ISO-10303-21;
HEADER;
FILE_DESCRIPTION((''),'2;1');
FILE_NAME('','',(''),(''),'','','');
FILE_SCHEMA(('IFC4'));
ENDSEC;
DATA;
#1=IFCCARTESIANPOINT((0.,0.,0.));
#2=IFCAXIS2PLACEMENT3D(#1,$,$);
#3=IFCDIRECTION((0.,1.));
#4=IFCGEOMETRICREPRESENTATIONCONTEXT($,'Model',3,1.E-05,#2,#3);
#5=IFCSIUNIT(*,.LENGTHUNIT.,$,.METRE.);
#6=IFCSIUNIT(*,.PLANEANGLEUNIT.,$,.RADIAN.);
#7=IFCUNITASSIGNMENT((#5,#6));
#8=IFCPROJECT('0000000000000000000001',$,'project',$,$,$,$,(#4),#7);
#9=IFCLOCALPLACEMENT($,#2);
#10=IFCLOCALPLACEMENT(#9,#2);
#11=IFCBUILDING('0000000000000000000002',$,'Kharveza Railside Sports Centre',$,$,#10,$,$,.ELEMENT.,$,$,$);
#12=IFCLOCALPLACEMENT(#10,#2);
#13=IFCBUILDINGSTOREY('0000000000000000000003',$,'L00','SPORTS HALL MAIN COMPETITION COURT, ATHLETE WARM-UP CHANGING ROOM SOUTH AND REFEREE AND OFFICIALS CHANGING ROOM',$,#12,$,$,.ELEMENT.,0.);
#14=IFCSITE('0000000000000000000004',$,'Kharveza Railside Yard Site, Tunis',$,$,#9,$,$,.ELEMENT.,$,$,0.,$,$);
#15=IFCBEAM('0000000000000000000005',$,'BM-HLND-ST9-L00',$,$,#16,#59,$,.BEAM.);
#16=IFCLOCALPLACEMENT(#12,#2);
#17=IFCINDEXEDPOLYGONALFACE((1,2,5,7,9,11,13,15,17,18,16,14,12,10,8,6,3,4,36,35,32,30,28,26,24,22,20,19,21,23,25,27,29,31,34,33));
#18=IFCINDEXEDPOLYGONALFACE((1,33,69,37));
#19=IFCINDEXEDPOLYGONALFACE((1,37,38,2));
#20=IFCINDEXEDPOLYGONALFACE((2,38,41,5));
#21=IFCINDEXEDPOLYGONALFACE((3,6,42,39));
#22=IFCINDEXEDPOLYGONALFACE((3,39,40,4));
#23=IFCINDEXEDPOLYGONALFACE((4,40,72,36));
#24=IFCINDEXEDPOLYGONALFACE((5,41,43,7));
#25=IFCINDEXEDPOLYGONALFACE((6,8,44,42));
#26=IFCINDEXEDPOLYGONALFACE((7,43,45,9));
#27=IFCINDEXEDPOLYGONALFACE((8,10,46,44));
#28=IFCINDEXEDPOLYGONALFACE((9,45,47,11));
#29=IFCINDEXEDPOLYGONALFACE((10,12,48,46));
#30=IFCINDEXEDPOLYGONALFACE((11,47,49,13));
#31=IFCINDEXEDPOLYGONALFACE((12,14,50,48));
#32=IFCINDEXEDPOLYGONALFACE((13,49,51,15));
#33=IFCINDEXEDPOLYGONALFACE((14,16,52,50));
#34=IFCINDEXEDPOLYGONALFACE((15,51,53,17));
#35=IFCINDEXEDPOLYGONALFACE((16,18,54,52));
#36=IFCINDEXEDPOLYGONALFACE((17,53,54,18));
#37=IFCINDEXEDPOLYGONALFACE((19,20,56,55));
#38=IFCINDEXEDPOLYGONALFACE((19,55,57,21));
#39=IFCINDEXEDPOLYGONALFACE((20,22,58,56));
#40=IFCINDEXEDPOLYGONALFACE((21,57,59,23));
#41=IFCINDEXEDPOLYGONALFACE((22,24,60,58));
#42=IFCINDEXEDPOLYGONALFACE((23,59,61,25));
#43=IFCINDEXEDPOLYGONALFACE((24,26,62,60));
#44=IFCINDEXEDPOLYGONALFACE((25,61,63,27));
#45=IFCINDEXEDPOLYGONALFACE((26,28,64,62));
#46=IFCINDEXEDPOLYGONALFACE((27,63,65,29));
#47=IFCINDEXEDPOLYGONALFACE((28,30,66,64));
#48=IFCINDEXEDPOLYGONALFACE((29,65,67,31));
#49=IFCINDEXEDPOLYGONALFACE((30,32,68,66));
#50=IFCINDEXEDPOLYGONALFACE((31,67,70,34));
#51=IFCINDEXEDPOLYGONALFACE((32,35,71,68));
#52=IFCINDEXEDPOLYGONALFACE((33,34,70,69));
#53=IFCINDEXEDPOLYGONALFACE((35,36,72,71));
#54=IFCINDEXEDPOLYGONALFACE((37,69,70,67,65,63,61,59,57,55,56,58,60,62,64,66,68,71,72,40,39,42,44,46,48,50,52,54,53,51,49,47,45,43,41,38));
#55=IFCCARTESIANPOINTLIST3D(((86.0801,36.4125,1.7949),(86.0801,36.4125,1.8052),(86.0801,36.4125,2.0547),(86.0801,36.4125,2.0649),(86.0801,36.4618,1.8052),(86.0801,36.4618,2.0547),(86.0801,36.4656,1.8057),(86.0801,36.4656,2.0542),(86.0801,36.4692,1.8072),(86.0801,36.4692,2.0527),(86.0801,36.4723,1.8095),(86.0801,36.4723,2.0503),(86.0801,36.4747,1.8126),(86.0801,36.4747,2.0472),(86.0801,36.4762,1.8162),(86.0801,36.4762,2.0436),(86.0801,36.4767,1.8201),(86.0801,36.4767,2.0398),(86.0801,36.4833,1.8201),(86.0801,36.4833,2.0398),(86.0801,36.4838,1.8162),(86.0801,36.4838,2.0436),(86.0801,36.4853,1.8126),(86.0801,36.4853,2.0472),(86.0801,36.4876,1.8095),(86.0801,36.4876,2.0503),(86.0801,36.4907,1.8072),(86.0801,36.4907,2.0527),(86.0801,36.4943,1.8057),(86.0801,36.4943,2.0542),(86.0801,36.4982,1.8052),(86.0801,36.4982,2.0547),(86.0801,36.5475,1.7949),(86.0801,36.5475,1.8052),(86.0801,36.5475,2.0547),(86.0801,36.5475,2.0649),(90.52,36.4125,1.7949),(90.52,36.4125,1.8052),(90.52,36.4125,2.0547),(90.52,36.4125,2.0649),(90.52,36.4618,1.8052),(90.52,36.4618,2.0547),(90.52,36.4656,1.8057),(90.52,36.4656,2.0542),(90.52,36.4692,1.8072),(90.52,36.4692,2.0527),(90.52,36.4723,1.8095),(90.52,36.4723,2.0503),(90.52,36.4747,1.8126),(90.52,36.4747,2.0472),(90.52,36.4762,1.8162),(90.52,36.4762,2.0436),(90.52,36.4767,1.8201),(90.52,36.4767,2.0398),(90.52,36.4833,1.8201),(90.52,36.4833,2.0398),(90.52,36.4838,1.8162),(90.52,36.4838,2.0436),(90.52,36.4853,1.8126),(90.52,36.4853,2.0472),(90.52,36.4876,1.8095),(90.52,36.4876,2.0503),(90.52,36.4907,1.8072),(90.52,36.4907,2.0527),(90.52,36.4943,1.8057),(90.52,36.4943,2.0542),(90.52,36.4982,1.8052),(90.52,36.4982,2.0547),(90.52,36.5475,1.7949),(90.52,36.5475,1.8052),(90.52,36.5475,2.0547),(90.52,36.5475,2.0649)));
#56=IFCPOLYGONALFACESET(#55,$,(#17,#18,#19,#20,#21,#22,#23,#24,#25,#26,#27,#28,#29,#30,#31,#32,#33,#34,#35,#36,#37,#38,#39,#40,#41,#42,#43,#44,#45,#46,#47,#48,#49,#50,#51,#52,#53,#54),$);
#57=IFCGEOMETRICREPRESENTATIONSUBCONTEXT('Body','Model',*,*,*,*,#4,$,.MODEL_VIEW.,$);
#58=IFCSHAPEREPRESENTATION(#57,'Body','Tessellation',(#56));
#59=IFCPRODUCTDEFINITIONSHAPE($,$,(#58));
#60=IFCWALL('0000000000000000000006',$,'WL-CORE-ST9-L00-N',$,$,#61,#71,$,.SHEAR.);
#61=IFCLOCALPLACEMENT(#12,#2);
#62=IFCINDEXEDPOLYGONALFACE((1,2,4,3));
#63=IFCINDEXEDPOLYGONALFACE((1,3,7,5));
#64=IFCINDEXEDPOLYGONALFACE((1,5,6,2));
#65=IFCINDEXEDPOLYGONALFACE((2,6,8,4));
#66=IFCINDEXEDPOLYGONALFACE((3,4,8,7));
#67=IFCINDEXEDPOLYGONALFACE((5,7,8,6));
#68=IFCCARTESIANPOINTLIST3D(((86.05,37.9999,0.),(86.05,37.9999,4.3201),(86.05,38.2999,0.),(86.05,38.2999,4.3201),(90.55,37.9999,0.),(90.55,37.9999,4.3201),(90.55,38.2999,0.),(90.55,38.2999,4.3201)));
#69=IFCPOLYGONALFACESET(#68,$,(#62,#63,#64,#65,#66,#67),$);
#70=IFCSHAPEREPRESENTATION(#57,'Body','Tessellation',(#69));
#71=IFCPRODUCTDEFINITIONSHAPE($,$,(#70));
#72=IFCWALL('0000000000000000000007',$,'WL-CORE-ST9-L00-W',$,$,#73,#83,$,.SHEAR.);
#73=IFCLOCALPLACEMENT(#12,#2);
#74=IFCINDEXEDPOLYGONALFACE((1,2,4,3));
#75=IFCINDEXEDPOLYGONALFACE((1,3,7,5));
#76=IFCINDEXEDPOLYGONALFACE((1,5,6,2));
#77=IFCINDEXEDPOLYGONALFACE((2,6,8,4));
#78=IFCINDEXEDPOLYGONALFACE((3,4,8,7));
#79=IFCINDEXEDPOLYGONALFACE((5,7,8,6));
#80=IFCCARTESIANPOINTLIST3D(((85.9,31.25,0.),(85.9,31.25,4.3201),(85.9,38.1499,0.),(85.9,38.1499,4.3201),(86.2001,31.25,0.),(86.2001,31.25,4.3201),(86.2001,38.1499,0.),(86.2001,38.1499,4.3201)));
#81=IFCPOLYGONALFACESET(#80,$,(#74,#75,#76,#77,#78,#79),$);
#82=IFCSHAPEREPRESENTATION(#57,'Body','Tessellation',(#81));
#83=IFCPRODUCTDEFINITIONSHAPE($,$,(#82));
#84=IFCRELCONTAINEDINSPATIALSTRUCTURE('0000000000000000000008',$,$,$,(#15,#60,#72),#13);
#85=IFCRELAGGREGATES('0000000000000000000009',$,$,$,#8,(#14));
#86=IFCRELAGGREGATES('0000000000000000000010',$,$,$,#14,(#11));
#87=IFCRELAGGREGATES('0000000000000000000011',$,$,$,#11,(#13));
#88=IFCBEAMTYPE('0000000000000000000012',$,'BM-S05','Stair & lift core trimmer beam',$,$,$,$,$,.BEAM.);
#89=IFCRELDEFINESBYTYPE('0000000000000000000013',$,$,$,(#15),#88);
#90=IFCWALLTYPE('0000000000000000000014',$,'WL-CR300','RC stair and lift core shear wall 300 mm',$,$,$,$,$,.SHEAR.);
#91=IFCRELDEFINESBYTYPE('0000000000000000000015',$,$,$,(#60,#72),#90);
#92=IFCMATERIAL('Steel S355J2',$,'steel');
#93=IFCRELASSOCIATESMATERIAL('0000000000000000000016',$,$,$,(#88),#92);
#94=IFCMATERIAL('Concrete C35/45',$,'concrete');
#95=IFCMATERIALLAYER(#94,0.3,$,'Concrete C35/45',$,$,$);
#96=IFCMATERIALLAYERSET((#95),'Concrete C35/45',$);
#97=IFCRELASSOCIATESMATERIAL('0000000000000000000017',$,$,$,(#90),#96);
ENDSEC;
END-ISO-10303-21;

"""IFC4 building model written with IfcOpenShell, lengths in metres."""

from ifc_helpers import new_model, si_unit, direction, frame, frame_2d, origin, origin_2d, place, context, subcontext, project, spatial, rectangle, i_section, extrude, material, layer, layer_set, material_profile, profile_set, type_object, element, save


model = new_model("IFC4")

# Units and contexts
model_context = context("Model", 3, precision=1e-05, world=origin(), true_north=direction((0.0, 1.0)))
body_context = subcontext(model_context, "Body", "Model", "MODEL_VIEW")
ifc_project = project(units=[si_unit("LENGTHUNIT", "METRE"), si_unit("PLANEANGLEUNIT", "RADIAN")], contexts=[model_context])

# Site, building, storey
site_placement = place(None, origin())
site = spatial("IfcSite", under=ifc_project, at=site_placement, Name="Kharveza Railside Yard Site, Tunis", CompositionType="ELEMENT", RefElevation=0.0)
building_placement = place(site_placement, origin())
building = spatial("IfcBuilding", under=site, at=building_placement, Name="Kharveza Railside Sports Centre", CompositionType="ELEMENT")
storey_placement = place(building_placement, origin())
storey = spatial("IfcBuildingStorey", under=building, at=storey_placement, Name="L00", Description="SPORTS HALL MAIN COMPETITION COURT, ATHLETE WARM-UP CHANGING ROOM SOUTH AND REFEREE AND OFFICIALS CHANGING ROOM", CompositionType="ELEMENT", Elevation=0.0)

# Shared definitions
ifc_material_1 = material(Name="Concrete C35/45", Category="concrete")

# Shared definitions
ifc_material_2 = material(Name="Steel S355J2", Category="steel")

# Beam
ifc_material_profile_1 = material_profile(ifc_material_2, i_section(OverallWidth=0.135, OverallDepth=0.27, WebThickness=0.0066, FlangeThickness=0.0103, FilletRadius=0.0149, at=origin_2d()), Name="IPE 270")
ifc_profile_set_1 = profile_set([ifc_material_profile_1], Name="Steel S355J2")
beam_type_1 = type_object("IfcBeamType", Name="BM-S05", Description="Stair & lift core trimmer beam", PredefinedType="BEAM", material=ifc_profile_set_1)
beam_1_placement = place(storey_placement, frame((86.0801, 36.48, 1.9299), z_axis=(1.0, 0.0, 0.0), x_axis=(0.0, 1.0, 0.0)))
element("IfcBeam", 1, at=beam_1_placement, inside=storey, type_object=beam_type_1, Name="BM-HLND-ST9-L00", PredefinedType="BEAM", context=body_context, shape_type="SweptSolid", body=[
    extrude(i_section(OverallWidth=0.135, OverallDepth=0.27, WebThickness=0.0066, FlangeThickness=0.0103, FilletRadius=0.0149, at=origin_2d()), origin(), (0.0, 0.0, 1.0), 4.4399),
])

# Walls
ifc_layer = layer(ifc_material_1, 0.3, Name="Concrete C35/45")
ifc_layer_set = layer_set([ifc_layer], Name="Concrete C35/45")
wall_type = type_object("IfcWallType", Name="WL-CR300", Description="RC stair and lift core shear wall 300 mm", PredefinedType="SHEAR", material=ifc_layer_set)
wall_1_placement = place(storey_placement, frame((90.55, 38.1499, 0.0), z_axis=(0.0, 0.0, 1.0), x_axis=(-1.0, 0.0, 0.0)))
element("IfcWall", 2, at=wall_1_placement, inside=storey, type_object=wall_type, Name="WL-CORE-ST9-L00-N", PredefinedType="SHEAR", context=body_context, shape_type="SweptSolid", body=[
    extrude(rectangle(XDim=4.5, YDim=0.3, at=frame_2d((2.25, 0.0))), origin(), (0.0, 0.0, 1.0), 4.3201),
])
wall_2_placement = place(storey_placement, frame((86.05, 38.1499, 0.0), z_axis=(0.0, 0.0, 1.0), x_axis=(0.0, -1.0, 0.0)))
element("IfcWall", 3, at=wall_2_placement, inside=storey, type_object=wall_type, Name="WL-CORE-ST9-L00-W", PredefinedType="SHEAR", context=body_context, shape_type="SweptSolid", body=[
    extrude(rectangle(XDim=6.8999, YDim=0.3, at=frame_2d((3.45, 0.0))), origin(), (0.0, 0.0, 1.0), 4.3201),
])

save(model, "model.ifc")
